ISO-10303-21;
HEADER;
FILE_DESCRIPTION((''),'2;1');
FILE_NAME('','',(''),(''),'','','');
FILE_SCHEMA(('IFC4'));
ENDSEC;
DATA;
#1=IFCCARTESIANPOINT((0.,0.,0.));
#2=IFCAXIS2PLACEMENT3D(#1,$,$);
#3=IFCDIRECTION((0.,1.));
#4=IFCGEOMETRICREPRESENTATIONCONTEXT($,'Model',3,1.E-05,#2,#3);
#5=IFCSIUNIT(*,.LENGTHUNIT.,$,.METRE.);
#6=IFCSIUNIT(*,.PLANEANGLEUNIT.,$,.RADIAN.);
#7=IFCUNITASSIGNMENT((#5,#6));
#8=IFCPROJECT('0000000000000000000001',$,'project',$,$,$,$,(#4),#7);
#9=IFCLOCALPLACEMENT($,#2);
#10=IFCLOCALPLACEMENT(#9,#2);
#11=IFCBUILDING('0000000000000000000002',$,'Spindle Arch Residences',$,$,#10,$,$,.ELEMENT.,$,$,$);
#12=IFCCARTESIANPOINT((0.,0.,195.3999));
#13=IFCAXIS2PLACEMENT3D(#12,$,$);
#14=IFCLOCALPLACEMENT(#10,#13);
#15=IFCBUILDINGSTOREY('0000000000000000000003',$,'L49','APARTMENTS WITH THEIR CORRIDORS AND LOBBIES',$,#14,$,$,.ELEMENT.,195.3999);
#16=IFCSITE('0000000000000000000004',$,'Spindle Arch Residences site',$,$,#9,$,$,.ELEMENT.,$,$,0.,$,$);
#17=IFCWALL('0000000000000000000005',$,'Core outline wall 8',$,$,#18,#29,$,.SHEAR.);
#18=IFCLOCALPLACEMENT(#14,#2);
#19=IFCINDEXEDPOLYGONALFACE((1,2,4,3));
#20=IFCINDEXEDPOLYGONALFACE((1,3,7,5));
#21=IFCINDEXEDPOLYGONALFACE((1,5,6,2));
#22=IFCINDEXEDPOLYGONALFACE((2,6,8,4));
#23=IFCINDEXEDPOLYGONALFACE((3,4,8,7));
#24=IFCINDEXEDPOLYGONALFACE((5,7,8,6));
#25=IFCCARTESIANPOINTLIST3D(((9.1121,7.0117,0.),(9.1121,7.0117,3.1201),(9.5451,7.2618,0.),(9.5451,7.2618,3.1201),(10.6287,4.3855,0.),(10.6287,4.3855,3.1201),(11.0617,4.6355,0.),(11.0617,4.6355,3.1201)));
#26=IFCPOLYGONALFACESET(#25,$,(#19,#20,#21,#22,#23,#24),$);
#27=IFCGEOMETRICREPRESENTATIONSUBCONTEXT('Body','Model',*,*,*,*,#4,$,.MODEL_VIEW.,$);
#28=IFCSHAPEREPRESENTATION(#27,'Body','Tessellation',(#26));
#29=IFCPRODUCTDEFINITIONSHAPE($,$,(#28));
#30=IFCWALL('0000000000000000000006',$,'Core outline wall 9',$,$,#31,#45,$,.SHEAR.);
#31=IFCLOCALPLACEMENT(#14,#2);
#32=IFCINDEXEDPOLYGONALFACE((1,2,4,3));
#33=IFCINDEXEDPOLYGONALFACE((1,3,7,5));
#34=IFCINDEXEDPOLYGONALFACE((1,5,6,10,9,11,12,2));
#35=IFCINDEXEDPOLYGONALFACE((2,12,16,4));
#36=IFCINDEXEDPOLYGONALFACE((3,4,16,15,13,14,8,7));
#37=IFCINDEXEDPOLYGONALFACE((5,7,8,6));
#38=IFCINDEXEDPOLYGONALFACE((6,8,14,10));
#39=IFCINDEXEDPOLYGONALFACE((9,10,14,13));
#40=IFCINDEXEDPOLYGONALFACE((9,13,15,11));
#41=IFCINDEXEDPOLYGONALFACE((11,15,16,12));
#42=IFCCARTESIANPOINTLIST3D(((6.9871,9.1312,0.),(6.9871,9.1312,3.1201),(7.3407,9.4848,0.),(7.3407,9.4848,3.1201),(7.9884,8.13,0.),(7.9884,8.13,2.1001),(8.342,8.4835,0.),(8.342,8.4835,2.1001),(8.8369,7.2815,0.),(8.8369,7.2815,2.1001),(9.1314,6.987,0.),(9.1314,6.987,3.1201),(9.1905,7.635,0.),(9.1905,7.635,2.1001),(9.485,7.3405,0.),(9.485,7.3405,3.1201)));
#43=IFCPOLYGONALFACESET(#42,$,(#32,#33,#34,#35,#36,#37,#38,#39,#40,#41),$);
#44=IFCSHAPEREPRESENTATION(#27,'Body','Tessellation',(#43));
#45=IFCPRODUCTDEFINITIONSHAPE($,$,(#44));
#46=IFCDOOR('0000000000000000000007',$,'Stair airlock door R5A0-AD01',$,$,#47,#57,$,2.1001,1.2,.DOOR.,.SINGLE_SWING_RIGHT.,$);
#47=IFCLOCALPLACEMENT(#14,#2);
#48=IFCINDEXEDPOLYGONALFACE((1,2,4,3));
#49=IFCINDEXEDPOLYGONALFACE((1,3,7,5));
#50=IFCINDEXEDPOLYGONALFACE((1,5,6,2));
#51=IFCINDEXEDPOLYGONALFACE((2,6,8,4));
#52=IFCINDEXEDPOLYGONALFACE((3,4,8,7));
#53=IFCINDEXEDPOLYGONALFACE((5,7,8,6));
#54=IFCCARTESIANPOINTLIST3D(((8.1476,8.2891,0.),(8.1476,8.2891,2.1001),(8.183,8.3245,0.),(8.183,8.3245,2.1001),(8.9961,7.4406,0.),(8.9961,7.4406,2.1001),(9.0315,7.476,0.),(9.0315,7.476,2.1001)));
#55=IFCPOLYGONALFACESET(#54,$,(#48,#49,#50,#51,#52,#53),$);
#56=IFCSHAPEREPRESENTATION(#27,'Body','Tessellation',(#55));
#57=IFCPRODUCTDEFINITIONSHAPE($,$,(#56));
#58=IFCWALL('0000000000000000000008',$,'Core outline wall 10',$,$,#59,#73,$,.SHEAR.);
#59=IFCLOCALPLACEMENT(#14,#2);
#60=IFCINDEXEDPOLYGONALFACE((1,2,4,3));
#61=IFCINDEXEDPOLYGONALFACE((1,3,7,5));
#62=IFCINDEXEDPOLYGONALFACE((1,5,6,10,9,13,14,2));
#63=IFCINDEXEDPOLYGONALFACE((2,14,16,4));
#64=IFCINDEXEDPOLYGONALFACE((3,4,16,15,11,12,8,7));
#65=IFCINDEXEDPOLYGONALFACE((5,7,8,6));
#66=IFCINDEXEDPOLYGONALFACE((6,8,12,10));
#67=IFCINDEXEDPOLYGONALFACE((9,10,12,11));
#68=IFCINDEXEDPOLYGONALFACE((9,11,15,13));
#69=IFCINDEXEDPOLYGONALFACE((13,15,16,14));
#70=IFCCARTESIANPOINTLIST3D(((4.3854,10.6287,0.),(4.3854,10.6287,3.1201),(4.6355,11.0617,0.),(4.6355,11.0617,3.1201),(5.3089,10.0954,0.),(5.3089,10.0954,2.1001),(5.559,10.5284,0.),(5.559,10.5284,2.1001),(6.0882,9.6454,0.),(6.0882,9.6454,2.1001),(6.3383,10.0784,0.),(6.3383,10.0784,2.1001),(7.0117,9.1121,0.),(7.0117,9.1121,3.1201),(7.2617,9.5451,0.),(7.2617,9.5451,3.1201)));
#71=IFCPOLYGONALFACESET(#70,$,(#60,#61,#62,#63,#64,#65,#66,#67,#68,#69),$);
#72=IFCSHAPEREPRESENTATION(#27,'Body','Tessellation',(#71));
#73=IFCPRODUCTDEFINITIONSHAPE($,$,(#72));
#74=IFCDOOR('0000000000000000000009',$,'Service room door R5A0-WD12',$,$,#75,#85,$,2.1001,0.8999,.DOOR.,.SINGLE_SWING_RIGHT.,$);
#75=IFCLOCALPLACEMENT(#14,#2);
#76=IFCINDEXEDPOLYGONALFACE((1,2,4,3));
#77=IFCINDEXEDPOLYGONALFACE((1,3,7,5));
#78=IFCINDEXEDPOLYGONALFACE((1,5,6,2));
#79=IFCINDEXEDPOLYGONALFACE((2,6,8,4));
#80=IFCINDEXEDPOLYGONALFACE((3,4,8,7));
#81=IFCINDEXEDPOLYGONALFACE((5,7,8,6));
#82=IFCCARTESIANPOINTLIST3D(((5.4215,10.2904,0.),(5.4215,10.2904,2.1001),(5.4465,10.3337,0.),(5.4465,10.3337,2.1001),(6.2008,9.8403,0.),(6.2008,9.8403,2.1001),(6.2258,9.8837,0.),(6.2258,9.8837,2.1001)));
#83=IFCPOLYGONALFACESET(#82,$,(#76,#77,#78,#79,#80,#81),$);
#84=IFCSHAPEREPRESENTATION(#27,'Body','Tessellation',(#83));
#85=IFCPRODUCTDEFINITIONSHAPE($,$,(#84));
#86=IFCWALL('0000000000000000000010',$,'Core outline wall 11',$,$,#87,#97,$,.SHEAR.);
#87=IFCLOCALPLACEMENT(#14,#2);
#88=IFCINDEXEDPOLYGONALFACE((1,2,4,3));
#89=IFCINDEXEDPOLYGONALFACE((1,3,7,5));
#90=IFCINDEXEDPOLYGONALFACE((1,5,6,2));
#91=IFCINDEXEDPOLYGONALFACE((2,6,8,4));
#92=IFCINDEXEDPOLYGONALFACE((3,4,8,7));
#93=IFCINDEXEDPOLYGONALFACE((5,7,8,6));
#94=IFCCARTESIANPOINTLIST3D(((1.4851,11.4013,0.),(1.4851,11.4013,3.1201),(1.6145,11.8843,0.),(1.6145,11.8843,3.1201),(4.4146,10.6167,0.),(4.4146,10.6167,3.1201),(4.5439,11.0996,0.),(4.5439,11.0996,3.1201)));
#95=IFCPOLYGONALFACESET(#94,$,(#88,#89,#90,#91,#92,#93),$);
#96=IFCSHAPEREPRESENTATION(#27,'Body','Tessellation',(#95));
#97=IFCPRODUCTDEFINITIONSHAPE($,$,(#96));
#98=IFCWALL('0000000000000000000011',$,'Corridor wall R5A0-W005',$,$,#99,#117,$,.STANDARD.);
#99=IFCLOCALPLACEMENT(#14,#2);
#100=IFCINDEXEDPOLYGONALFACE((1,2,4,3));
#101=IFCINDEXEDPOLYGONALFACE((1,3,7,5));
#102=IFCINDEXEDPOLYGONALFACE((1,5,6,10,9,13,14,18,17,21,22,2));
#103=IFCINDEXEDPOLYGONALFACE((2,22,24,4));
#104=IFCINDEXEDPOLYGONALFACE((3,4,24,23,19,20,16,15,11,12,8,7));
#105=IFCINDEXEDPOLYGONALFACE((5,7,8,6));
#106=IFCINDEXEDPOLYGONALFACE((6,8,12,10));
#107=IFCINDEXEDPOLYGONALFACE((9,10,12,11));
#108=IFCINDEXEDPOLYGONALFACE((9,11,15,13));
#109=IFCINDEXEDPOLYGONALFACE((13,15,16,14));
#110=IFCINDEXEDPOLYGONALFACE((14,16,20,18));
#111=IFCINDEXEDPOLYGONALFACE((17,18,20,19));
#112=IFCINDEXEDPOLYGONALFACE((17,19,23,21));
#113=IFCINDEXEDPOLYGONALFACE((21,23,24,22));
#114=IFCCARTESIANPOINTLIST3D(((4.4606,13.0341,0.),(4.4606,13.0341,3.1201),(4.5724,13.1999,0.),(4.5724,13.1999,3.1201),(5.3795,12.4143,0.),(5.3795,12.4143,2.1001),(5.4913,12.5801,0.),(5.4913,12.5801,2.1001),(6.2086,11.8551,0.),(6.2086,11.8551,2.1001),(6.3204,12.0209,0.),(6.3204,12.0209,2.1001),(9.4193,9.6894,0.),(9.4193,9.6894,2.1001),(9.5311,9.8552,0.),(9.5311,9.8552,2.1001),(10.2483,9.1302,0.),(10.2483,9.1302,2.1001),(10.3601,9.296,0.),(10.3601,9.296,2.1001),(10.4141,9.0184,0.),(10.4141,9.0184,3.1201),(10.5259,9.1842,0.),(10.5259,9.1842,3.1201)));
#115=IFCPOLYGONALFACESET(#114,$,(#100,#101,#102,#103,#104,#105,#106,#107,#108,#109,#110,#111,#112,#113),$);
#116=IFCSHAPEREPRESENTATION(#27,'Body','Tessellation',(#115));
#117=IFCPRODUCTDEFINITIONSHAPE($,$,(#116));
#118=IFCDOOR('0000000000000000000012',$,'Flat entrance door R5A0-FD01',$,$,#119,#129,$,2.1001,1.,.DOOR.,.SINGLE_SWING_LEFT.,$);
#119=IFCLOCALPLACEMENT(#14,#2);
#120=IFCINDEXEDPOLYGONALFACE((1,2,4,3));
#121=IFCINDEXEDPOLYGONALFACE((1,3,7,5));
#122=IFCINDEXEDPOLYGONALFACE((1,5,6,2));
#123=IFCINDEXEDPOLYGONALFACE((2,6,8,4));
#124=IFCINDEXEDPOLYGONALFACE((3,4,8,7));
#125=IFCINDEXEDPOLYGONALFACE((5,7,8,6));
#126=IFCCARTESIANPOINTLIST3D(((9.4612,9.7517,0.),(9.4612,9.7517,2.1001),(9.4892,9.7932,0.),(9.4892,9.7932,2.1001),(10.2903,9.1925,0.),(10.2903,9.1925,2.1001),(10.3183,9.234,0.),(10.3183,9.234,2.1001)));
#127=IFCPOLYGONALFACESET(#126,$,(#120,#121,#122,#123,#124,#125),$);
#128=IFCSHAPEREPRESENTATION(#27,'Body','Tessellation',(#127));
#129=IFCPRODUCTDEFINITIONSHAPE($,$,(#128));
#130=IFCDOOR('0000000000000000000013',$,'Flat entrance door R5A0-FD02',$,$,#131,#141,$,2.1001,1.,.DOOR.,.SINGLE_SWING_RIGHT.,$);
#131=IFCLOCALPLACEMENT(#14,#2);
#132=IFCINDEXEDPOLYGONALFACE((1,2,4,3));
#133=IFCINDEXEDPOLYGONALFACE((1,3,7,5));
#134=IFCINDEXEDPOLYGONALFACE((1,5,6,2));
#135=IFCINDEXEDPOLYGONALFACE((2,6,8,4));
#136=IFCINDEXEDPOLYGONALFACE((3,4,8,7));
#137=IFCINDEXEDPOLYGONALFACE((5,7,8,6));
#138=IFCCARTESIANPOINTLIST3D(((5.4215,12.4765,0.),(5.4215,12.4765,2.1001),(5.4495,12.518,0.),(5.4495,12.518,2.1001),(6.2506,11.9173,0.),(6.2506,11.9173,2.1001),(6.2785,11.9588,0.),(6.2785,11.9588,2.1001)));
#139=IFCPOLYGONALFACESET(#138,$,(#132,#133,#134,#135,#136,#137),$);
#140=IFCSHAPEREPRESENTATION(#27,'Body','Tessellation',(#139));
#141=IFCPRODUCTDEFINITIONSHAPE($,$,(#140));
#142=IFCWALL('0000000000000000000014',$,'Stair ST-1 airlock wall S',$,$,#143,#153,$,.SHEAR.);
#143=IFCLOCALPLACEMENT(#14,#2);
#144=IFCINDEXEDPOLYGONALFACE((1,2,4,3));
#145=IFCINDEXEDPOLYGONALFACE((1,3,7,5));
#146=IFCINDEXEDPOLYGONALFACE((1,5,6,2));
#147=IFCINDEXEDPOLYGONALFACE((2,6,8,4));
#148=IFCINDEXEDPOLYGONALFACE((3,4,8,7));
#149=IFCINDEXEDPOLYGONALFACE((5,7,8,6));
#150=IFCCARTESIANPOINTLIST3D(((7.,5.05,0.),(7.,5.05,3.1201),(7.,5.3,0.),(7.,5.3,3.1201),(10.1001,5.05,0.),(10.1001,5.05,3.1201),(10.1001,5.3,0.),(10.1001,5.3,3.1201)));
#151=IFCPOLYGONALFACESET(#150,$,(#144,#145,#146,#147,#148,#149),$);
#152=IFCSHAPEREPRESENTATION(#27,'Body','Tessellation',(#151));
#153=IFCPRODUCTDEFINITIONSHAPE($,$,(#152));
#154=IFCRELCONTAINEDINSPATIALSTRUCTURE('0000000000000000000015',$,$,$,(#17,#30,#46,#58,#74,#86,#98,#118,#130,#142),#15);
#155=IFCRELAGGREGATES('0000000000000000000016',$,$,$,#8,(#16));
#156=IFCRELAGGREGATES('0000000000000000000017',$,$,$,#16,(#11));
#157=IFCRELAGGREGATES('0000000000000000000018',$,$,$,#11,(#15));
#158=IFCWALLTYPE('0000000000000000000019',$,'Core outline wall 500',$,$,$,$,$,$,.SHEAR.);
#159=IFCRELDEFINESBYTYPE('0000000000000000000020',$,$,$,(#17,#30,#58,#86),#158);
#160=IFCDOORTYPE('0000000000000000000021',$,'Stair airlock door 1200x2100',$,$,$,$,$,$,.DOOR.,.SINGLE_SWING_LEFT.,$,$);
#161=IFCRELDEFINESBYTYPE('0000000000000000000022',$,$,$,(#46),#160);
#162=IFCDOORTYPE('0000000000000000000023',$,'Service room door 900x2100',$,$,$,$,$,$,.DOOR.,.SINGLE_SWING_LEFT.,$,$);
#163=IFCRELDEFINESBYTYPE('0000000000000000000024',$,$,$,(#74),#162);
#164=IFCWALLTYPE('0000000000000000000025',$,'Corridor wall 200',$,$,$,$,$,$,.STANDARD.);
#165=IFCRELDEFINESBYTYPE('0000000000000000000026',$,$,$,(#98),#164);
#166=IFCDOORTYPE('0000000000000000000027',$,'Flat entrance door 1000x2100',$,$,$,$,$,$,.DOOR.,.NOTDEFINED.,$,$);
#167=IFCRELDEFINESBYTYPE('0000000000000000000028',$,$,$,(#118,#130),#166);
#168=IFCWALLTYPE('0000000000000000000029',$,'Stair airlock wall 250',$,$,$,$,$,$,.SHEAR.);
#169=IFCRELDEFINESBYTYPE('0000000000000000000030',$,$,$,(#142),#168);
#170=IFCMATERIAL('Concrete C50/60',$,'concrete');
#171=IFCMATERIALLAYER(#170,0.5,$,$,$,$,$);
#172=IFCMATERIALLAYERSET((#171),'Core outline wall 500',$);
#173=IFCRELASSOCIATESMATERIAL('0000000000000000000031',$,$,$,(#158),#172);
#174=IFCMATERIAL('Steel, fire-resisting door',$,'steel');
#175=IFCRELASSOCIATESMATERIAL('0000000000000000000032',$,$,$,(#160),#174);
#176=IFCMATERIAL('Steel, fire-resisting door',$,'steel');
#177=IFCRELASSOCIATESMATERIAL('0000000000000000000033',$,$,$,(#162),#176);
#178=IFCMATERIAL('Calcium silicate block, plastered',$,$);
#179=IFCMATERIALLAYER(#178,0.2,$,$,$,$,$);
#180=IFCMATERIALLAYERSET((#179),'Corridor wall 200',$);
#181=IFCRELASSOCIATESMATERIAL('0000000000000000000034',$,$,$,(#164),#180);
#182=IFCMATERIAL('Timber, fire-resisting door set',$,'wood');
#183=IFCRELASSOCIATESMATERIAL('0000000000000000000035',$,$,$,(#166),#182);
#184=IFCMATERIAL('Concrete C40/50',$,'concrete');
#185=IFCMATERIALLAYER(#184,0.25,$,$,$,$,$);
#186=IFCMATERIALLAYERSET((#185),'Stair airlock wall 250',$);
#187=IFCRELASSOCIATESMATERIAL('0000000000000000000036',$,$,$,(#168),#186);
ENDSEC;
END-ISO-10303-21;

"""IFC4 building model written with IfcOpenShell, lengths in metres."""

from ifc_helpers import new_model, si_unit, direction, frame, frame_2d, origin, place, context, subcontext, project, spatial, rectangle, extrude, material, layer, layer_set, type_object, element, fill, save


model = new_model("IFC4")

# Units and contexts
model_context = context("Model", 3, precision=1e-05, world=origin(), true_north=direction((0.0, 1.0)))
body_context = subcontext(model_context, "Body", "Model", "MODEL_VIEW")
ifc_project = project(units=[si_unit("LENGTHUNIT", "METRE"), si_unit("PLANEANGLEUNIT", "RADIAN")], contexts=[model_context])

# Site, building, storey
site_placement = place(None, origin())
site = spatial("IfcSite", under=ifc_project, at=site_placement, Name="Spindle Arch Residences site", CompositionType="ELEMENT", RefElevation=0.0)
building_placement = place(site_placement, origin())
building = spatial("IfcBuilding", under=site, at=building_placement, Name="Spindle Arch Residences", CompositionType="ELEMENT")
storey_placement = place(building_placement, frame((0.0, 0.0, 195.3999)))
storey = spatial("IfcBuildingStorey", under=building, at=storey_placement, Name="L49", Description="APARTMENTS WITH THEIR CORRIDORS AND LOBBIES", CompositionType="ELEMENT", Elevation=195.3999)

# Wall
ifc_material_1 = material(Name="Concrete C50/60", Category="concrete")
ifc_layer_1 = layer(ifc_material_1, 0.5)
ifc_layer_set_1 = layer_set([ifc_layer_1], Name="Core outline wall 500")
wall_type_1 = type_object("IfcWallType", Name="Core outline wall 500", PredefinedType="SHEAR", material=ifc_layer_set_1)
wall_1_placement = place(storey_placement, frame((10.8452, 4.5105, 0.0), z_axis=(0.0, 0.0, 1.0), x_axis=(-0.500087, 0.865975, 0.0)))
element("IfcWall", 1, at=wall_1_placement, inside=storey, type_object=wall_type_1, Name="Core outline wall 8", PredefinedType="SHEAR", context=body_context, shape_type="SweptSolid", body=[
    extrude(rectangle(XDim=3.0327, YDim=0.5, at=frame_2d((1.5164, 0.0))), origin(), (0.0, 0.0, 1.0), 3.1201),
])

# Walls, openings, doors
wall_2_placement = place(storey_placement, frame((9.3081, 7.1638, 0.0), z_axis=(0.0, 0.0, 1.0), x_axis=(-0.707107, 0.707107, 0.0)))
wall_2 = element("IfcWall", 2, at=wall_2_placement, inside=storey, type_object=wall_type_1, Name="Core outline wall 9", PredefinedType="SHEAR", context=body_context, shape_type="SweptSolid", body=[
    extrude(rectangle(XDim=3.0325, YDim=0.5, at=frame_2d((1.5161, 0.0))), origin(), (0.0, 0.0, 1.0), 3.1201),
])
opening_1_placement = place(wall_2_placement, frame((0.4163, 0.0, 0.0)))
opening_1 = element("IfcOpeningElement", 3, at=opening_1_placement, cuts=wall_2, PredefinedType="OPENING", context=body_context, shape_type="SweptSolid", body=[
    extrude(rectangle(XDim=1.2, YDim=2.1001, at=frame_2d((0.6001, 1.05))), frame((0.0, 0.26, 0.0), z_axis=(0.0, -1.0, 0.0), x_axis=(1.0, 0.0, 0.0)), (0.0, 0.0, 1.0), 0.52),
])
ifc_material_2 = material(Name="Steel, fire-resisting door", Category="steel")
door_type_1 = type_object("IfcDoorType", Name="Stair airlock door 1200x2100", OperationType="SINGLE_SWING_LEFT", PredefinedType="DOOR", material=ifc_material_2)
door_1_placement = place(opening_1_placement, origin())
door_1 = element("IfcDoor", 4, at=door_1_placement, inside=storey, type_object=door_type_1, Name="Stair airlock door R5A0-AD01", OperationType="SINGLE_SWING_RIGHT", OverallHeight=2.1001, OverallWidth=1.2, PredefinedType="DOOR", context=body_context, shape_type="SweptSolid", body=[
    extrude(rectangle(XDim=1.2, YDim=2.1001, at=frame_2d((0.6001, 1.05))), frame((0.0, 0.0249, 0.0), z_axis=(0.0, -1.0, 0.0), x_axis=(1.0, 0.0, 0.0)), (0.0, 0.0, 1.0), 0.05),
])
fill(opening_1, door_1)
wall_3_placement = place(storey_placement, frame((7.1367, 9.3286, 0.0), z_axis=(0.0, 0.0, 1.0), x_axis=(-0.865975, 0.500087, 0.0)))
wall_3 = element("IfcWall", 5, at=wall_3_placement, inside=storey, type_object=wall_type_1, Name="Core outline wall 10", PredefinedType="SHEAR", context=body_context, shape_type="SweptSolid", body=[
    extrude(rectangle(XDim=3.0327, YDim=0.5, at=frame_2d((1.5164, 0.0))), origin(), (0.0, 0.0, 1.0), 3.1201),
])
opening_2_placement = place(wall_3_placement, frame((1.0664, 0.0, 0.0)))
opening_2 = element("IfcOpeningElement", 6, at=opening_2_placement, cuts=wall_3, PredefinedType="OPENING", context=body_context, shape_type="SweptSolid", body=[
    extrude(rectangle(XDim=0.8999, YDim=2.1001, at=frame_2d((0.45, 1.05))), frame((0.0, 0.26, 0.0), z_axis=(0.0, -1.0, 0.0), x_axis=(1.0, 0.0, 0.0)), (0.0, 0.0, 1.0), 0.52),
])
ifc_material_3 = material(Name="Steel, fire-resisting door", Category="steel")
door_type_2 = type_object("IfcDoorType", Name="Service room door 900x2100", OperationType="SINGLE_SWING_LEFT", PredefinedType="DOOR", material=ifc_material_3)
door_2_placement = place(opening_2_placement, origin())
door_2 = element("IfcDoor", 7, at=door_2_placement, inside=storey, type_object=door_type_2, Name="Service room door R5A0-WD12", OperationType="SINGLE_SWING_RIGHT", OverallHeight=2.1001, OverallWidth=0.8999, PredefinedType="DOOR", context=body_context, shape_type="SweptSolid", body=[
    extrude(rectangle(XDim=0.8999, YDim=2.1001, at=frame_2d((0.45, 1.05))), frame((0.0, 0.0249, 0.0), z_axis=(0.0, -1.0, 0.0), x_axis=(1.0, 0.0, 0.0)), (0.0, 0.0, 1.0), 0.05),
])
fill(opening_2, door_2)

# Wall
wall_4_placement = place(storey_placement, frame((4.4792, 10.8582, 0.0), z_axis=(0.0, 0.0, 1.0), x_axis=(-0.965948, 0.258735, 0.0)))
element("IfcWall", 8, at=wall_4_placement, inside=storey, type_object=wall_type_1, Name="Core outline wall 11", PredefinedType="SHEAR", context=body_context, shape_type="SweptSolid", body=[
    extrude(rectangle(XDim=3.0327, YDim=0.5, at=frame_2d((1.5164, 0.0))), origin(), (0.0, 0.0, 1.0), 3.1201),
])

# Wall, openings, doors
ifc_material_4 = material(Name="Calcium silicate block, plastered")
ifc_layer_2 = layer(ifc_material_4, 0.2)
ifc_layer_set_2 = layer_set([ifc_layer_2], Name="Corridor wall 200")
wall_type_2 = type_object("IfcWallType", Name="Corridor wall 200", PredefinedType="STANDARD", material=ifc_layer_set_2)
wall_5_placement = place(storey_placement, frame((10.47, 9.1013, 0.0), z_axis=(0.0, 0.0, 1.0), x_axis=(-0.829036, 0.559195, 0.0)))
wall_5 = element("IfcWall", 9, at=wall_5_placement, inside=storey, type_object=wall_type_2, Name="Corridor wall R5A0-W005", PredefinedType="STANDARD", context=body_context, shape_type="SweptSolid", body=[
    extrude(rectangle(XDim=7.1812, YDim=0.2, at=frame_2d((3.5906, 0.0))), origin(), (0.0, 0.0, 1.0), 3.1201),
])
opening_3_placement = place(wall_5_placement, frame((0.2, 0.0, 0.0)))
opening_3 = element("IfcOpeningElement", 10, at=opening_3_placement, cuts=wall_5, PredefinedType="OPENING", context=body_context, shape_type="SweptSolid", body=[
    extrude(rectangle(XDim=1.0, YDim=2.1001, at=frame_2d((0.5, 1.05))), frame((0.0, 0.1099, 0.0), z_axis=(0.0, -1.0, 0.0), x_axis=(1.0, 0.0, 0.0)), (0.0, 0.0, 1.0), 0.22),
])
opening_4_placement = place(wall_5_placement, frame((5.0728, 0.0, 0.0)))
opening_4 = element("IfcOpeningElement", 11, at=opening_4_placement, cuts=wall_5, PredefinedType="OPENING", context=body_context, shape_type="SweptSolid", body=[
    extrude(rectangle(XDim=1.0, YDim=2.1001, at=frame_2d((0.5, 1.05))), frame((0.0, 0.1099, 0.0), z_axis=(0.0, -1.0, 0.0), x_axis=(1.0, 0.0, 0.0)), (0.0, 0.0, 1.0), 0.22),
])
ifc_material_5 = material(Name="Timber, fire-resisting door set", Category="wood")
door_type_3 = type_object("IfcDoorType", Name="Flat entrance door 1000x2100", OperationType="NOTDEFINED", PredefinedType="DOOR", material=ifc_material_5)
door_3_placement = place(opening_3_placement, origin())
door_3 = element("IfcDoor", 12, at=door_3_placement, inside=storey, type_object=door_type_3, Name="Flat entrance door R5A0-FD01", OperationType="SINGLE_SWING_LEFT", OverallHeight=2.1001, OverallWidth=1.0, PredefinedType="DOOR", context=body_context, shape_type="SweptSolid", body=[
    extrude(rectangle(XDim=1.0, YDim=2.1001, at=frame_2d((0.5, 1.05))), frame((0.0, 0.0249, 0.0), z_axis=(0.0, -1.0, 0.0), x_axis=(1.0, 0.0, 0.0)), (0.0, 0.0, 1.0), 0.05),
])
fill(opening_3, door_3)
door_4_placement = place(opening_4_placement, origin())
door_4 = element("IfcDoor", 13, at=door_4_placement, inside=storey, type_object=door_type_3, Name="Flat entrance door R5A0-FD02", OperationType="SINGLE_SWING_RIGHT", OverallHeight=2.1001, OverallWidth=1.0, PredefinedType="DOOR", context=body_context, shape_type="SweptSolid", body=[
    extrude(rectangle(XDim=1.0, YDim=2.1001, at=frame_2d((0.5, 1.05))), frame((0.0, 0.0249, 0.0), z_axis=(0.0, -1.0, 0.0), x_axis=(1.0, 0.0, 0.0)), (0.0, 0.0, 1.0), 0.05),
])
fill(opening_4, door_4)

# Wall
ifc_material_6 = material(Name="Concrete C40/50", Category="concrete")
ifc_layer_3 = layer(ifc_material_6, 0.25)
ifc_layer_set_3 = layer_set([ifc_layer_3], Name="Stair airlock wall 250")
wall_type_3 = type_object("IfcWallType", Name="Stair airlock wall 250", PredefinedType="SHEAR", material=ifc_layer_set_3)
wall_6_placement = place(storey_placement, frame((7.0, 5.175, 0.0), z_axis=(0.0, 0.0, 1.0), x_axis=(1.0, 0.0, 0.0)))
element("IfcWall", 14, at=wall_6_placement, inside=storey, type_object=wall_type_3, Name="Stair ST-1 airlock wall S", PredefinedType="SHEAR", context=body_context, shape_type="SweptSolid", body=[
    extrude(rectangle(XDim=3.1001, YDim=0.25, at=frame_2d((1.55, 0.0))), origin(), (0.0, 0.0, 1.0), 3.1201),
])

save(model, "model.ifc")
